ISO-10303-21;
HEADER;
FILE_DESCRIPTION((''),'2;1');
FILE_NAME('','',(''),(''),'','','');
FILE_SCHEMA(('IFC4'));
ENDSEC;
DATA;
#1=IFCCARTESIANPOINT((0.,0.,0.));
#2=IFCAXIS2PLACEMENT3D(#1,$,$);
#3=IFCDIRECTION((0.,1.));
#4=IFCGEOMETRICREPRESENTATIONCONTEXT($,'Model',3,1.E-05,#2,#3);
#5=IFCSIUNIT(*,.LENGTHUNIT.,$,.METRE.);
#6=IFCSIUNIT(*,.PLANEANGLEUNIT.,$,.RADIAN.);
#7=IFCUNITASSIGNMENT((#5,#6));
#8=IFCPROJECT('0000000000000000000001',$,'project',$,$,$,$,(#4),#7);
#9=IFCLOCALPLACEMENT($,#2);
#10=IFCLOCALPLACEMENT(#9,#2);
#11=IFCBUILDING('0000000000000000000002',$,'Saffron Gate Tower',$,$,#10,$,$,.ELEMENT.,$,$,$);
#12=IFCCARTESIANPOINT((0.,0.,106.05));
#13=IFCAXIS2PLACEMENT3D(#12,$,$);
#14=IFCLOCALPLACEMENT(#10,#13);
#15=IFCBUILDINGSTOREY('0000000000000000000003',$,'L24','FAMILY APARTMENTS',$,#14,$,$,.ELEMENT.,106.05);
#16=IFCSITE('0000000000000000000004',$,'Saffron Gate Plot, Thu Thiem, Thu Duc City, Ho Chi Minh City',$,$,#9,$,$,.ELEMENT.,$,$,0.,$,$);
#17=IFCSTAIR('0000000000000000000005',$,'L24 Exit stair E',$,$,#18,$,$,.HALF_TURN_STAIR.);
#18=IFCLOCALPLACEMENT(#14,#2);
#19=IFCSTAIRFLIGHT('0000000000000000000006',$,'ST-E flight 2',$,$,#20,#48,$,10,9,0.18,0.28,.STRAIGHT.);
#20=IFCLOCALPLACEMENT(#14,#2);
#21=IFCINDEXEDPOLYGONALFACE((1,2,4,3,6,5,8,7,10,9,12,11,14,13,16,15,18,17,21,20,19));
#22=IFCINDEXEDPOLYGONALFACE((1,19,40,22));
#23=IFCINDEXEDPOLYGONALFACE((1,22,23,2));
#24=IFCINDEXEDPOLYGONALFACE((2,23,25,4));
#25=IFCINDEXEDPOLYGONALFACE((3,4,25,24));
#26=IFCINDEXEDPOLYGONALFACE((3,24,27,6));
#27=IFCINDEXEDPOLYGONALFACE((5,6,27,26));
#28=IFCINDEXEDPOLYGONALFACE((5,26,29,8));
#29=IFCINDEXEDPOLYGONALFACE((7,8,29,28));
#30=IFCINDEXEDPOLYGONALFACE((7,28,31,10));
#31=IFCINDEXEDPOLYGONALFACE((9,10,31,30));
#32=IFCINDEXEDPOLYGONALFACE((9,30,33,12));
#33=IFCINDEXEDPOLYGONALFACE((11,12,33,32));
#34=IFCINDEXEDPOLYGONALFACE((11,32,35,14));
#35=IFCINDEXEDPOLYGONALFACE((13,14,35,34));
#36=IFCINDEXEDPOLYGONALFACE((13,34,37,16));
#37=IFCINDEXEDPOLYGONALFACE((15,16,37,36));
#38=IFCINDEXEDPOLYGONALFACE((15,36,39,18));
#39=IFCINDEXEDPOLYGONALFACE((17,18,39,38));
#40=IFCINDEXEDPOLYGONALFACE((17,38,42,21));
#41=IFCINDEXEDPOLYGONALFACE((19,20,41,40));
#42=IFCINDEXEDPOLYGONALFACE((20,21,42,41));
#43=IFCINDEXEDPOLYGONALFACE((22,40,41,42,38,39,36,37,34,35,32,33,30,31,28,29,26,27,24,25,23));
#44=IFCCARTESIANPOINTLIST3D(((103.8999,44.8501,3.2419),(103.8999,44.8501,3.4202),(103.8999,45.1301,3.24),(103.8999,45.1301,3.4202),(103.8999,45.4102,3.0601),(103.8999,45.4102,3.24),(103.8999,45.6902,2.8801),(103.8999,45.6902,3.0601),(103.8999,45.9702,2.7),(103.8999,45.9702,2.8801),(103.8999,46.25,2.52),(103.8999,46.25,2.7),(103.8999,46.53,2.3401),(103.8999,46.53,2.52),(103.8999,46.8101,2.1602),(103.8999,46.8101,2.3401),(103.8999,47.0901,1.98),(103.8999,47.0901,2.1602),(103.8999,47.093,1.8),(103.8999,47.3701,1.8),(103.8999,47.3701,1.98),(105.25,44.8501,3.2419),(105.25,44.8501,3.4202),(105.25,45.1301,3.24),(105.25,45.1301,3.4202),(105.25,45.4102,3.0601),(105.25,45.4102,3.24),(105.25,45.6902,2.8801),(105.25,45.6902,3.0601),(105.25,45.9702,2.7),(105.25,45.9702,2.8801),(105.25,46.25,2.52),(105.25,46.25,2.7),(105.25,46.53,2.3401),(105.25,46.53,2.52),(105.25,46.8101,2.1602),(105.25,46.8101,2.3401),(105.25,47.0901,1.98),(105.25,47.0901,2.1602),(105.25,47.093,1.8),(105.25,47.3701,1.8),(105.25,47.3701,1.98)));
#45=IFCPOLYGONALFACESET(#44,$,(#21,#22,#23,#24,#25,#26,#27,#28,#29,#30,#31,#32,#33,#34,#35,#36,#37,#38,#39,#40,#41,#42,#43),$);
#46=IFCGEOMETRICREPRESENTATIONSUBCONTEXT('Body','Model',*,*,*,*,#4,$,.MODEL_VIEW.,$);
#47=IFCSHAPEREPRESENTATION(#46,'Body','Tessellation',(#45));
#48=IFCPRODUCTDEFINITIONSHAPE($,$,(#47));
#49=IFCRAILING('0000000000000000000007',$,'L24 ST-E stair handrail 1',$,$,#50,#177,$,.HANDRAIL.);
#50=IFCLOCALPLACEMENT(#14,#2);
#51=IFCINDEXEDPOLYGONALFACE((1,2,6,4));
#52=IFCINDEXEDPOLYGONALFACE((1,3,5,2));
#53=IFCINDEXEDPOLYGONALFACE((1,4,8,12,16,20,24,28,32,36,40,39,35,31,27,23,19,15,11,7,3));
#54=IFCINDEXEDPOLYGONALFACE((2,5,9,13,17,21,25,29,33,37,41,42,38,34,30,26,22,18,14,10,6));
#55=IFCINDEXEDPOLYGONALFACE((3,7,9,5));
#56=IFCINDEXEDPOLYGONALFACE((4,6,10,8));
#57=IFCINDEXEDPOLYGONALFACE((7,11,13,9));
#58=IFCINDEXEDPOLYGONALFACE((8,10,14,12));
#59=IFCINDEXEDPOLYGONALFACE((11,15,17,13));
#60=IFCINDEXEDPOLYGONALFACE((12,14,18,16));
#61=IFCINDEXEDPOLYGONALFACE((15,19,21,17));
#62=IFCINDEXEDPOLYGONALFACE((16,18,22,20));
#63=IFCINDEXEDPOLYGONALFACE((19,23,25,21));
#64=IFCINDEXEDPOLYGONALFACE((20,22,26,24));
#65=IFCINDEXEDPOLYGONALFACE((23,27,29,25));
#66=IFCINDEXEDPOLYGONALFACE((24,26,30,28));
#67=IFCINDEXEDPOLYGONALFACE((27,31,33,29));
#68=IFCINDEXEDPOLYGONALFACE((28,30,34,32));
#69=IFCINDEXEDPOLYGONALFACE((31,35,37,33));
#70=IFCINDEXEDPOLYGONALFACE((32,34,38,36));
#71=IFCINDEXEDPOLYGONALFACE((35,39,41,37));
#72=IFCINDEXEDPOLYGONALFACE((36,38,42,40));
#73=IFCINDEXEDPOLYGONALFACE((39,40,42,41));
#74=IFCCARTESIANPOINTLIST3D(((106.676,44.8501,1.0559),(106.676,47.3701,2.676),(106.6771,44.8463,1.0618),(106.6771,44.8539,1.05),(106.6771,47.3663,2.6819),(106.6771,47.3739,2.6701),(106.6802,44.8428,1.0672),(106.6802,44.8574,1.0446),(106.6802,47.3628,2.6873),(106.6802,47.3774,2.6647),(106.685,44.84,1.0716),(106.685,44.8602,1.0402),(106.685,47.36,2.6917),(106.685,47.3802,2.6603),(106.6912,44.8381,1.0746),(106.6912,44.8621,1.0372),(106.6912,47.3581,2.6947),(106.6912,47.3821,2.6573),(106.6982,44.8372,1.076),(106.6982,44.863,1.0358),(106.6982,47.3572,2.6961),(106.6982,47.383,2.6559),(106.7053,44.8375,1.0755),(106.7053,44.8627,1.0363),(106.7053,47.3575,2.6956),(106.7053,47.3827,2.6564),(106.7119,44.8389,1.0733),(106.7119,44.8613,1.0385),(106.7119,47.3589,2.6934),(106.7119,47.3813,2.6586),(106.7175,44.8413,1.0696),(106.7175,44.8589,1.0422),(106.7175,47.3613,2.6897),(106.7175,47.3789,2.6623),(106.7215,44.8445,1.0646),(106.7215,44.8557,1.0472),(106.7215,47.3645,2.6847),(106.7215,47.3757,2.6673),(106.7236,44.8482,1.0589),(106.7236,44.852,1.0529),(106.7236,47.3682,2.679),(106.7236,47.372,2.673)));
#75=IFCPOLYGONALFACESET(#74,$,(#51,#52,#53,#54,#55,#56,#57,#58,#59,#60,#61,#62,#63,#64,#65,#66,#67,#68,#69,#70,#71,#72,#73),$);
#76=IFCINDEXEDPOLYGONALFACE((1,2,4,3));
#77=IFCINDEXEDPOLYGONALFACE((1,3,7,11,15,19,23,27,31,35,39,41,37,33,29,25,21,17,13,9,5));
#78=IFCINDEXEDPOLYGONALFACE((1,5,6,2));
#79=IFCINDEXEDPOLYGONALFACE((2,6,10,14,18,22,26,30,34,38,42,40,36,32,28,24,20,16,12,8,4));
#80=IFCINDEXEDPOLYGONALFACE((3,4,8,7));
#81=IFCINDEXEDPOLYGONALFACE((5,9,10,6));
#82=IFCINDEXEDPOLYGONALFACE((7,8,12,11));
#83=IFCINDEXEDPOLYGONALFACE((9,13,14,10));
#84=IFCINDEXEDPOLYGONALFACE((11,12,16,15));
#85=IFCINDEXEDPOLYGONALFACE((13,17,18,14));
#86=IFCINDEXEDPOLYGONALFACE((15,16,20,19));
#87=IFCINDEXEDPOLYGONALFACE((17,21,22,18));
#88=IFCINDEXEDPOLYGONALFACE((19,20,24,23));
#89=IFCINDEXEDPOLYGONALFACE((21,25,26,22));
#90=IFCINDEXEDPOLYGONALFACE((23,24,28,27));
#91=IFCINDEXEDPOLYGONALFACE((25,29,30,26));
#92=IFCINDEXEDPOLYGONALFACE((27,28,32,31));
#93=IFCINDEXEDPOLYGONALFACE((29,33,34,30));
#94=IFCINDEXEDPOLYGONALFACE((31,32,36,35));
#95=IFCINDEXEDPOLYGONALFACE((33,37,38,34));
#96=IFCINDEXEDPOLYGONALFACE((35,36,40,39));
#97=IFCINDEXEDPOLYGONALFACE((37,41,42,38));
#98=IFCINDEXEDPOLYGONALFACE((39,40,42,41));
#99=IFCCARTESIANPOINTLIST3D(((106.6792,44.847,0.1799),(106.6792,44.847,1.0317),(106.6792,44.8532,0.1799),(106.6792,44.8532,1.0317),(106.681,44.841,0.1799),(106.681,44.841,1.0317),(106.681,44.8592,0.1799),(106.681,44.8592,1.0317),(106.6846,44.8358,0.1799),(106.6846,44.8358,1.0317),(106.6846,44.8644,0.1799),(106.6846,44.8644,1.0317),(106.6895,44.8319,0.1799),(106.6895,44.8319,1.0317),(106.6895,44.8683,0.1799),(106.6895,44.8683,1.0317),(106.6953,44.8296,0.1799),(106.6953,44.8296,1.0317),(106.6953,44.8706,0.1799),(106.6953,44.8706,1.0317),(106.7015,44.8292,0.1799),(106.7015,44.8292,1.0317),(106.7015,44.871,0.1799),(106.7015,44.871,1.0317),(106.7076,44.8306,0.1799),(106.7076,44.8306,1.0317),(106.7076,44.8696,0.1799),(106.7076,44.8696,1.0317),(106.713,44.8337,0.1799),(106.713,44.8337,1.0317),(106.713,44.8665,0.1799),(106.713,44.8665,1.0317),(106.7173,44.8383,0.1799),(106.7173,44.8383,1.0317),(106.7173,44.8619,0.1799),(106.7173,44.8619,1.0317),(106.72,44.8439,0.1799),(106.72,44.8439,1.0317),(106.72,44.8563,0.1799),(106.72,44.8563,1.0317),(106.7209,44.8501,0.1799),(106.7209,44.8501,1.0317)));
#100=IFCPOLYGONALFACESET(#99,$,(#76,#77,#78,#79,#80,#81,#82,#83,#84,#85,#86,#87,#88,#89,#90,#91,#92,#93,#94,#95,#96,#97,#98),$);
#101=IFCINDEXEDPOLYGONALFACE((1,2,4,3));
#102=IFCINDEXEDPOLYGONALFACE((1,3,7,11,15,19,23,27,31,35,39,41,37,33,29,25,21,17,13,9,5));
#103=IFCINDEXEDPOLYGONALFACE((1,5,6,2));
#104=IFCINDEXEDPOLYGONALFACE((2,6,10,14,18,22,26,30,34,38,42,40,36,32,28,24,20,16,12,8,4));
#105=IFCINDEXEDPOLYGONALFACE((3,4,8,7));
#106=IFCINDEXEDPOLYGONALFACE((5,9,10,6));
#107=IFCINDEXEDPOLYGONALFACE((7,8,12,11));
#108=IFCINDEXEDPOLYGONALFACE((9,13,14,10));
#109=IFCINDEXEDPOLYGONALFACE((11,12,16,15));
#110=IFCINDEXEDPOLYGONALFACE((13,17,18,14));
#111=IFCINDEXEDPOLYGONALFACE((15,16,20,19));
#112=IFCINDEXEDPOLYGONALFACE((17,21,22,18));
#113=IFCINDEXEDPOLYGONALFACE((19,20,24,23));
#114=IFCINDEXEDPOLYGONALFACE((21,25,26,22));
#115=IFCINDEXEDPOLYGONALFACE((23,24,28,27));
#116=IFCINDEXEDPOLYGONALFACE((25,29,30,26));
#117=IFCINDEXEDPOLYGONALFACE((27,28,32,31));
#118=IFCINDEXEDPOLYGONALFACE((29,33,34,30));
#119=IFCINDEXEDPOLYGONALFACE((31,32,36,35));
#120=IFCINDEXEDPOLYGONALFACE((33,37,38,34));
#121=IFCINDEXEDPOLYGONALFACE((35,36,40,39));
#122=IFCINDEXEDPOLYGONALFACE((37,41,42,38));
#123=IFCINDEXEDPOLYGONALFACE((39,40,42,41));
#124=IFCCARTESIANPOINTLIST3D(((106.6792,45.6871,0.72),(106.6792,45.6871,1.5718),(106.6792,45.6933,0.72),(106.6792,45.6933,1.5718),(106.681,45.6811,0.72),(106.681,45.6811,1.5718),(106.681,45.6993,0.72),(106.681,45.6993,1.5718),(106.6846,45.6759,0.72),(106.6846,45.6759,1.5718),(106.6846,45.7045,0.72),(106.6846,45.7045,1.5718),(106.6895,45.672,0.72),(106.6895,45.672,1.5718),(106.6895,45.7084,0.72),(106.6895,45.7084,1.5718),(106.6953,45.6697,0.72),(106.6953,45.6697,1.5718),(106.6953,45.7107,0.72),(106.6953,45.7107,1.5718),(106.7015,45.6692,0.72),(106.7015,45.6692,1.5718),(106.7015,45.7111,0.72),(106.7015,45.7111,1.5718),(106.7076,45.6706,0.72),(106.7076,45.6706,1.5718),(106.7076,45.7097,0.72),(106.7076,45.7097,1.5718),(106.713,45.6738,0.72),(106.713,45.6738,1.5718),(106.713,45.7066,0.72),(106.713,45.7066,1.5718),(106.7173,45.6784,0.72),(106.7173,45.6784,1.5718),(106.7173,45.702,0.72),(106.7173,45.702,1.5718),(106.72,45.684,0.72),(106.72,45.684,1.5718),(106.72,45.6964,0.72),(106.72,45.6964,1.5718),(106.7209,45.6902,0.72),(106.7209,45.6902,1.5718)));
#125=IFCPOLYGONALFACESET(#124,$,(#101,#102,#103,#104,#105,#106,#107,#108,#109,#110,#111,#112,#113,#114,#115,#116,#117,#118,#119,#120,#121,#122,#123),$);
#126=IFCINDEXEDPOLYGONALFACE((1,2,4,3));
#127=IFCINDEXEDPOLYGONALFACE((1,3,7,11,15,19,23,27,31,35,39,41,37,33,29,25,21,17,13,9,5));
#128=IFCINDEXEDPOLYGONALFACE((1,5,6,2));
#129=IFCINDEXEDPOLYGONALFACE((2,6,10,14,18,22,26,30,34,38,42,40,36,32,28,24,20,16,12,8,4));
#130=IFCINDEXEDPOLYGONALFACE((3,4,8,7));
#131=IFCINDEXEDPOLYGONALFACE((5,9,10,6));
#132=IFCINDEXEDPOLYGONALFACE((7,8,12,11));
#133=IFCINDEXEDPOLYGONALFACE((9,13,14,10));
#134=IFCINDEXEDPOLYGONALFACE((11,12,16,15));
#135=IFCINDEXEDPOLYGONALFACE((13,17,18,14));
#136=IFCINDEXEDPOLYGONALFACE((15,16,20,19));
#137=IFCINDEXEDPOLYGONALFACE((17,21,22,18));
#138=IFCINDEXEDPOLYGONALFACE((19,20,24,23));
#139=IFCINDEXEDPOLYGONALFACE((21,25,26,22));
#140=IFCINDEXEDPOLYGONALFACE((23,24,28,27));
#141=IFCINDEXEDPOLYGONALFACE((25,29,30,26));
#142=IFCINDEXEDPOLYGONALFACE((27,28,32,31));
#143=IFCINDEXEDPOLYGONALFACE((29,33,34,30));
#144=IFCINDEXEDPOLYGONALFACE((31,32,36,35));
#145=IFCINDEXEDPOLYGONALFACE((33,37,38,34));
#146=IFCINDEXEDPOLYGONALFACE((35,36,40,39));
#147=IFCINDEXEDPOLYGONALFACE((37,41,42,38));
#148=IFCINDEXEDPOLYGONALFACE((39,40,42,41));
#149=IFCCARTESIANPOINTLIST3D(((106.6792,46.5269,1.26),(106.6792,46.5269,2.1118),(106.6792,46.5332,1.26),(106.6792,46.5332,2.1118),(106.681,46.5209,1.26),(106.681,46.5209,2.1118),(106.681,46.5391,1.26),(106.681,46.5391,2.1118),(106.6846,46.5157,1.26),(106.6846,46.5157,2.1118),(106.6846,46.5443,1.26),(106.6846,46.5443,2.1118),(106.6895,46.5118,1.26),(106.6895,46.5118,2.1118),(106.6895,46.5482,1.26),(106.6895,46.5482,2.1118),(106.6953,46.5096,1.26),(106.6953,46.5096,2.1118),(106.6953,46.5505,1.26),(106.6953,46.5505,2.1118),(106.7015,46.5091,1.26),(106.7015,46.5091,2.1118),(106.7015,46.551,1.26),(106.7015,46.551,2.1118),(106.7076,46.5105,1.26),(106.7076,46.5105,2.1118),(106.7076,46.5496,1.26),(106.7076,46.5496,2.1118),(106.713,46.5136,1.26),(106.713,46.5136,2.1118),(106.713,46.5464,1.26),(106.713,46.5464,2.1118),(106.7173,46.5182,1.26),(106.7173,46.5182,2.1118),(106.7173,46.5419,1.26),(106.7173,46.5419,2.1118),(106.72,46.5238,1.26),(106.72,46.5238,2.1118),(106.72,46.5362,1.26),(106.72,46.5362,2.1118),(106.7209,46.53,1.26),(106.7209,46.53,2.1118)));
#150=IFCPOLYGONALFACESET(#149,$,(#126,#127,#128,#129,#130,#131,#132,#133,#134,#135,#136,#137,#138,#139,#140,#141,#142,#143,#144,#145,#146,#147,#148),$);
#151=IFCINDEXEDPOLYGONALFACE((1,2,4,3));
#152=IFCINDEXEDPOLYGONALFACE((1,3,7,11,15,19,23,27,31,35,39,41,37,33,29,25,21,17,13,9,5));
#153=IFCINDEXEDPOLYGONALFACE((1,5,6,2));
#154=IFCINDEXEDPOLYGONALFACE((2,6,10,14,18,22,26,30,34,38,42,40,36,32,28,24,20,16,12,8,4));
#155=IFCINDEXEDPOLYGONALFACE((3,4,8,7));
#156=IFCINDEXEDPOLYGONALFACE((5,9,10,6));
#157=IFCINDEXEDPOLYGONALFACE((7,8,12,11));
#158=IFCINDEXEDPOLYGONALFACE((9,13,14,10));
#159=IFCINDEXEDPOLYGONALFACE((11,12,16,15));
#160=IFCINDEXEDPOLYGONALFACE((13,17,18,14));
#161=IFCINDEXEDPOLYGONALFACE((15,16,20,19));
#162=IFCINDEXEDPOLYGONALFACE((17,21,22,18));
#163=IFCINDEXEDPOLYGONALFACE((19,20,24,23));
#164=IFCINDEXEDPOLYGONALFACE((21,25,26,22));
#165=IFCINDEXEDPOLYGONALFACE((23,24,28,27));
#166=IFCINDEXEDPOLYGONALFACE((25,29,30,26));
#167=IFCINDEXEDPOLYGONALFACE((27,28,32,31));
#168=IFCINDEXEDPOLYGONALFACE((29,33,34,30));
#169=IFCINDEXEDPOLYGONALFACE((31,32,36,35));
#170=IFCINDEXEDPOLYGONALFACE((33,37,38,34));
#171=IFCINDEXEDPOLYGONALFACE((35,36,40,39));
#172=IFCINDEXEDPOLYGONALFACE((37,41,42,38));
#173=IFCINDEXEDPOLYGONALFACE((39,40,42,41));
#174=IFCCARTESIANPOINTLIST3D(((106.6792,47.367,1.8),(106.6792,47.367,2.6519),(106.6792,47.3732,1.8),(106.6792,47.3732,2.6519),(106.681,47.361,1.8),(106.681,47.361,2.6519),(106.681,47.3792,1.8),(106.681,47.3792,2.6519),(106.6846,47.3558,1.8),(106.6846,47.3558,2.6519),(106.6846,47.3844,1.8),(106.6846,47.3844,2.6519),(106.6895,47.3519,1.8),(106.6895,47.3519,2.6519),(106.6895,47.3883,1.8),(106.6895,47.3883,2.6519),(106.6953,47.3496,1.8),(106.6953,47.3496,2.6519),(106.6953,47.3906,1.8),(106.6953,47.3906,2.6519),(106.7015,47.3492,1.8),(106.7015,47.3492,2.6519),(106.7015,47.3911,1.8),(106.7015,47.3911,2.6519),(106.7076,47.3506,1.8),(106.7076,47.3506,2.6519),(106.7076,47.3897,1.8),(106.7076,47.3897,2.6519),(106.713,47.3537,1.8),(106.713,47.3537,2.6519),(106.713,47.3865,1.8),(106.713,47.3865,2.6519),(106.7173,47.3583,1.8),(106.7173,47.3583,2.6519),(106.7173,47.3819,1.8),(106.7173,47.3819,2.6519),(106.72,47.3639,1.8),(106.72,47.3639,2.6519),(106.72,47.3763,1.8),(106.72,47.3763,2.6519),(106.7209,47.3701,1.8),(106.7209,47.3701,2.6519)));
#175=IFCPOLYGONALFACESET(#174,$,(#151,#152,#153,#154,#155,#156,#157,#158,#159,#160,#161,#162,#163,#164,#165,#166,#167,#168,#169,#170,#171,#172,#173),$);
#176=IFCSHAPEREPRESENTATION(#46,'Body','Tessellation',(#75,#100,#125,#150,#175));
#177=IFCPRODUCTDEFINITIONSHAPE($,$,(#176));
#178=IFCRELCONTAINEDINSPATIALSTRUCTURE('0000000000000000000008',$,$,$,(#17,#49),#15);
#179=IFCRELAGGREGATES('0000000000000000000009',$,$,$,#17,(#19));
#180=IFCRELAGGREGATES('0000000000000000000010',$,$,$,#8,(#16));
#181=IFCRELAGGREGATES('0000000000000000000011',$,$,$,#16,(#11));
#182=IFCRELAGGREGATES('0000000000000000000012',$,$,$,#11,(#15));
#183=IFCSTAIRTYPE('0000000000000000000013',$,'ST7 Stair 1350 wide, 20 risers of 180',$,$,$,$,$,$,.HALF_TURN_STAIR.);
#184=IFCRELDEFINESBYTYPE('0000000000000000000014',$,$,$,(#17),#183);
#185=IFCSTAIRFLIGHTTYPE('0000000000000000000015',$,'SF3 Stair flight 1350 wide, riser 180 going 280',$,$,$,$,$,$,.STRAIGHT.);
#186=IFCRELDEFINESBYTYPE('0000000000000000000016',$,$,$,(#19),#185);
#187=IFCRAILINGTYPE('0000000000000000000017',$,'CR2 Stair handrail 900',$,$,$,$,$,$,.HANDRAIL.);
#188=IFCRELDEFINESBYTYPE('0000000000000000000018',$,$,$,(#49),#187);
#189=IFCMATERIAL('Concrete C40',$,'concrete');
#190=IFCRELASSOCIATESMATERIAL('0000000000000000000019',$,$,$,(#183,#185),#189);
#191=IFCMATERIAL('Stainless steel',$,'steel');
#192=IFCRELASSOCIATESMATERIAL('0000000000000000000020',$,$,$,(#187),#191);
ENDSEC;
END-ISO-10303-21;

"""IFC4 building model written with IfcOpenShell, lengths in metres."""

from ifc_helpers import new_model, si_unit, direction, frame, origin, origin_2d, place, context, subcontext, project, spatial, polyline, circle, outline, extrude, material, type_object, element, aggregate, save


model = new_model("IFC4")

# Units and contexts
model_context = context("Model", 3, precision=1e-05, world=origin(), true_north=direction((0.0, 1.0)))
body_context = subcontext(model_context, "Body", "Model", "MODEL_VIEW")
ifc_project = project(units=[si_unit("LENGTHUNIT", "METRE"), si_unit("PLANEANGLEUNIT", "RADIAN")], contexts=[model_context])

# Site, building, storey
site_placement = place(None, origin())
site = spatial("IfcSite", under=ifc_project, at=site_placement, Name="Saffron Gate Plot, Thu Thiem, Thu Duc City, Ho Chi Minh City", CompositionType="ELEMENT", RefElevation=0.0)
building_placement = place(site_placement, origin())
building = spatial("IfcBuilding", under=site, at=building_placement, Name="Saffron Gate Tower", CompositionType="ELEMENT")
storey_placement = place(building_placement, frame((0.0, 0.0, 106.05)))
storey = spatial("IfcBuildingStorey", under=building, at=storey_placement, Name="L24", Description="FAMILY APARTMENTS", CompositionType="ELEMENT", Elevation=106.05)

# Stair, stair flight
ifc_material_1 = material(Name="Concrete C40", Category="concrete")
stair_type = type_object("IfcStairType", Name="ST7 Stair 1350 wide, 20 risers of 180", PredefinedType="HALF_TURN_STAIR", material=ifc_material_1)
stair_placement = place(storey_placement, origin())
stair = element("IfcStair", 1, at=stair_placement, inside=storey, type_object=stair_type, Name="L24 Exit stair E", PredefinedType="HALF_TURN_STAIR")
stair_flight_type = type_object("IfcStairFlightType", Name="SF3 Stair flight 1350 wide, riser 180 going 280", PredefinedType="STRAIGHT", material=ifc_material_1)
stair_flight_1_placement = place(storey_placement, frame((104.575, 47.3701, 1.8), z_axis=(0.0, 0.0, 1.0), x_axis=(0.0, -1.0, 0.0)))
stair_flight_1 = element("IfcStairFlight", 2, at=stair_flight_1_placement, type_object=stair_flight_type, Name="ST-E flight 2", NumberOfRisers=10, NumberOfTreads=9, PredefinedType="STRAIGHT", RiserHeight=0.18, TreadLength=0.28, context=body_context, shape_type="SweptSolid", body=[
    extrude(outline(polyline([(0.0, 0.0), (0.0, 0.1799), (0.28, 0.1799), (0.28, 0.3601), (0.5601, 0.3601), (0.5601, 0.54), (0.8401, 0.54), (0.8401, 0.72), (1.1201, 0.72), (1.1201, 0.8999), (1.3999, 0.8999), (1.3999, 1.0801), (1.6799, 1.0801), (1.6799, 1.26), (1.96, 1.26), (1.96, 1.4399), (2.24, 1.4399), (2.24, 1.6201), (2.52, 1.6201), (2.52, 1.8), (2.52, 1.4419), (0.2771, 0.0), (0.0, 0.0)])), frame((0.0, 0.675, 0.0), z_axis=(0.0, -1.0, 0.0), x_axis=(1.0, 0.0, 0.0)), (0.0, 0.0, 1.0), 1.3501),
])
aggregate(stair, [stair_flight_1])

# Railing
ifc_material_2 = material(Name="Stainless steel", Category="steel")
railing_type_1 = type_object("IfcRailingType", Name="CR2 Stair handrail 900", PredefinedType="HANDRAIL", material=ifc_material_2)
railing_1_placement = place(storey_placement, frame((106.7, 44.8501, 0.1799)))
element("IfcRailing", 3, at=railing_1_placement, inside=storey, type_object=railing_type_1, Name="L24 ST-E stair handrail 1", PredefinedType="HANDRAIL", context=body_context, shape_type="SweptSolid", body=[
    extrude(circle(Radius=0.0239, at=origin_2d()), frame((0.0, 0.0, 0.876), z_axis=(0.0, 0.841163, 0.540782), x_axis=(-1.0, 0.0, 0.0)), (0.0, 0.0, 1.0), 2.9958),
    extrude(circle(Radius=0.021, at=origin_2d()), origin(), (0.0, 0.0, 1.0), 0.8518),
    extrude(circle(Radius=0.021, at=origin_2d()), frame((0.0, 0.8401, 0.54)), (0.0, 0.0, 1.0), 0.8518),
    extrude(circle(Radius=0.021, at=origin_2d()), frame((0.0, 1.6799, 1.0801)), (0.0, 0.0, 1.0), 0.8518),
    extrude(circle(Radius=0.021, at=origin_2d()), frame((0.0, 2.52, 1.6201)), (0.0, 0.0, 1.0), 0.8518),
])

save(model, "model.ifc")
